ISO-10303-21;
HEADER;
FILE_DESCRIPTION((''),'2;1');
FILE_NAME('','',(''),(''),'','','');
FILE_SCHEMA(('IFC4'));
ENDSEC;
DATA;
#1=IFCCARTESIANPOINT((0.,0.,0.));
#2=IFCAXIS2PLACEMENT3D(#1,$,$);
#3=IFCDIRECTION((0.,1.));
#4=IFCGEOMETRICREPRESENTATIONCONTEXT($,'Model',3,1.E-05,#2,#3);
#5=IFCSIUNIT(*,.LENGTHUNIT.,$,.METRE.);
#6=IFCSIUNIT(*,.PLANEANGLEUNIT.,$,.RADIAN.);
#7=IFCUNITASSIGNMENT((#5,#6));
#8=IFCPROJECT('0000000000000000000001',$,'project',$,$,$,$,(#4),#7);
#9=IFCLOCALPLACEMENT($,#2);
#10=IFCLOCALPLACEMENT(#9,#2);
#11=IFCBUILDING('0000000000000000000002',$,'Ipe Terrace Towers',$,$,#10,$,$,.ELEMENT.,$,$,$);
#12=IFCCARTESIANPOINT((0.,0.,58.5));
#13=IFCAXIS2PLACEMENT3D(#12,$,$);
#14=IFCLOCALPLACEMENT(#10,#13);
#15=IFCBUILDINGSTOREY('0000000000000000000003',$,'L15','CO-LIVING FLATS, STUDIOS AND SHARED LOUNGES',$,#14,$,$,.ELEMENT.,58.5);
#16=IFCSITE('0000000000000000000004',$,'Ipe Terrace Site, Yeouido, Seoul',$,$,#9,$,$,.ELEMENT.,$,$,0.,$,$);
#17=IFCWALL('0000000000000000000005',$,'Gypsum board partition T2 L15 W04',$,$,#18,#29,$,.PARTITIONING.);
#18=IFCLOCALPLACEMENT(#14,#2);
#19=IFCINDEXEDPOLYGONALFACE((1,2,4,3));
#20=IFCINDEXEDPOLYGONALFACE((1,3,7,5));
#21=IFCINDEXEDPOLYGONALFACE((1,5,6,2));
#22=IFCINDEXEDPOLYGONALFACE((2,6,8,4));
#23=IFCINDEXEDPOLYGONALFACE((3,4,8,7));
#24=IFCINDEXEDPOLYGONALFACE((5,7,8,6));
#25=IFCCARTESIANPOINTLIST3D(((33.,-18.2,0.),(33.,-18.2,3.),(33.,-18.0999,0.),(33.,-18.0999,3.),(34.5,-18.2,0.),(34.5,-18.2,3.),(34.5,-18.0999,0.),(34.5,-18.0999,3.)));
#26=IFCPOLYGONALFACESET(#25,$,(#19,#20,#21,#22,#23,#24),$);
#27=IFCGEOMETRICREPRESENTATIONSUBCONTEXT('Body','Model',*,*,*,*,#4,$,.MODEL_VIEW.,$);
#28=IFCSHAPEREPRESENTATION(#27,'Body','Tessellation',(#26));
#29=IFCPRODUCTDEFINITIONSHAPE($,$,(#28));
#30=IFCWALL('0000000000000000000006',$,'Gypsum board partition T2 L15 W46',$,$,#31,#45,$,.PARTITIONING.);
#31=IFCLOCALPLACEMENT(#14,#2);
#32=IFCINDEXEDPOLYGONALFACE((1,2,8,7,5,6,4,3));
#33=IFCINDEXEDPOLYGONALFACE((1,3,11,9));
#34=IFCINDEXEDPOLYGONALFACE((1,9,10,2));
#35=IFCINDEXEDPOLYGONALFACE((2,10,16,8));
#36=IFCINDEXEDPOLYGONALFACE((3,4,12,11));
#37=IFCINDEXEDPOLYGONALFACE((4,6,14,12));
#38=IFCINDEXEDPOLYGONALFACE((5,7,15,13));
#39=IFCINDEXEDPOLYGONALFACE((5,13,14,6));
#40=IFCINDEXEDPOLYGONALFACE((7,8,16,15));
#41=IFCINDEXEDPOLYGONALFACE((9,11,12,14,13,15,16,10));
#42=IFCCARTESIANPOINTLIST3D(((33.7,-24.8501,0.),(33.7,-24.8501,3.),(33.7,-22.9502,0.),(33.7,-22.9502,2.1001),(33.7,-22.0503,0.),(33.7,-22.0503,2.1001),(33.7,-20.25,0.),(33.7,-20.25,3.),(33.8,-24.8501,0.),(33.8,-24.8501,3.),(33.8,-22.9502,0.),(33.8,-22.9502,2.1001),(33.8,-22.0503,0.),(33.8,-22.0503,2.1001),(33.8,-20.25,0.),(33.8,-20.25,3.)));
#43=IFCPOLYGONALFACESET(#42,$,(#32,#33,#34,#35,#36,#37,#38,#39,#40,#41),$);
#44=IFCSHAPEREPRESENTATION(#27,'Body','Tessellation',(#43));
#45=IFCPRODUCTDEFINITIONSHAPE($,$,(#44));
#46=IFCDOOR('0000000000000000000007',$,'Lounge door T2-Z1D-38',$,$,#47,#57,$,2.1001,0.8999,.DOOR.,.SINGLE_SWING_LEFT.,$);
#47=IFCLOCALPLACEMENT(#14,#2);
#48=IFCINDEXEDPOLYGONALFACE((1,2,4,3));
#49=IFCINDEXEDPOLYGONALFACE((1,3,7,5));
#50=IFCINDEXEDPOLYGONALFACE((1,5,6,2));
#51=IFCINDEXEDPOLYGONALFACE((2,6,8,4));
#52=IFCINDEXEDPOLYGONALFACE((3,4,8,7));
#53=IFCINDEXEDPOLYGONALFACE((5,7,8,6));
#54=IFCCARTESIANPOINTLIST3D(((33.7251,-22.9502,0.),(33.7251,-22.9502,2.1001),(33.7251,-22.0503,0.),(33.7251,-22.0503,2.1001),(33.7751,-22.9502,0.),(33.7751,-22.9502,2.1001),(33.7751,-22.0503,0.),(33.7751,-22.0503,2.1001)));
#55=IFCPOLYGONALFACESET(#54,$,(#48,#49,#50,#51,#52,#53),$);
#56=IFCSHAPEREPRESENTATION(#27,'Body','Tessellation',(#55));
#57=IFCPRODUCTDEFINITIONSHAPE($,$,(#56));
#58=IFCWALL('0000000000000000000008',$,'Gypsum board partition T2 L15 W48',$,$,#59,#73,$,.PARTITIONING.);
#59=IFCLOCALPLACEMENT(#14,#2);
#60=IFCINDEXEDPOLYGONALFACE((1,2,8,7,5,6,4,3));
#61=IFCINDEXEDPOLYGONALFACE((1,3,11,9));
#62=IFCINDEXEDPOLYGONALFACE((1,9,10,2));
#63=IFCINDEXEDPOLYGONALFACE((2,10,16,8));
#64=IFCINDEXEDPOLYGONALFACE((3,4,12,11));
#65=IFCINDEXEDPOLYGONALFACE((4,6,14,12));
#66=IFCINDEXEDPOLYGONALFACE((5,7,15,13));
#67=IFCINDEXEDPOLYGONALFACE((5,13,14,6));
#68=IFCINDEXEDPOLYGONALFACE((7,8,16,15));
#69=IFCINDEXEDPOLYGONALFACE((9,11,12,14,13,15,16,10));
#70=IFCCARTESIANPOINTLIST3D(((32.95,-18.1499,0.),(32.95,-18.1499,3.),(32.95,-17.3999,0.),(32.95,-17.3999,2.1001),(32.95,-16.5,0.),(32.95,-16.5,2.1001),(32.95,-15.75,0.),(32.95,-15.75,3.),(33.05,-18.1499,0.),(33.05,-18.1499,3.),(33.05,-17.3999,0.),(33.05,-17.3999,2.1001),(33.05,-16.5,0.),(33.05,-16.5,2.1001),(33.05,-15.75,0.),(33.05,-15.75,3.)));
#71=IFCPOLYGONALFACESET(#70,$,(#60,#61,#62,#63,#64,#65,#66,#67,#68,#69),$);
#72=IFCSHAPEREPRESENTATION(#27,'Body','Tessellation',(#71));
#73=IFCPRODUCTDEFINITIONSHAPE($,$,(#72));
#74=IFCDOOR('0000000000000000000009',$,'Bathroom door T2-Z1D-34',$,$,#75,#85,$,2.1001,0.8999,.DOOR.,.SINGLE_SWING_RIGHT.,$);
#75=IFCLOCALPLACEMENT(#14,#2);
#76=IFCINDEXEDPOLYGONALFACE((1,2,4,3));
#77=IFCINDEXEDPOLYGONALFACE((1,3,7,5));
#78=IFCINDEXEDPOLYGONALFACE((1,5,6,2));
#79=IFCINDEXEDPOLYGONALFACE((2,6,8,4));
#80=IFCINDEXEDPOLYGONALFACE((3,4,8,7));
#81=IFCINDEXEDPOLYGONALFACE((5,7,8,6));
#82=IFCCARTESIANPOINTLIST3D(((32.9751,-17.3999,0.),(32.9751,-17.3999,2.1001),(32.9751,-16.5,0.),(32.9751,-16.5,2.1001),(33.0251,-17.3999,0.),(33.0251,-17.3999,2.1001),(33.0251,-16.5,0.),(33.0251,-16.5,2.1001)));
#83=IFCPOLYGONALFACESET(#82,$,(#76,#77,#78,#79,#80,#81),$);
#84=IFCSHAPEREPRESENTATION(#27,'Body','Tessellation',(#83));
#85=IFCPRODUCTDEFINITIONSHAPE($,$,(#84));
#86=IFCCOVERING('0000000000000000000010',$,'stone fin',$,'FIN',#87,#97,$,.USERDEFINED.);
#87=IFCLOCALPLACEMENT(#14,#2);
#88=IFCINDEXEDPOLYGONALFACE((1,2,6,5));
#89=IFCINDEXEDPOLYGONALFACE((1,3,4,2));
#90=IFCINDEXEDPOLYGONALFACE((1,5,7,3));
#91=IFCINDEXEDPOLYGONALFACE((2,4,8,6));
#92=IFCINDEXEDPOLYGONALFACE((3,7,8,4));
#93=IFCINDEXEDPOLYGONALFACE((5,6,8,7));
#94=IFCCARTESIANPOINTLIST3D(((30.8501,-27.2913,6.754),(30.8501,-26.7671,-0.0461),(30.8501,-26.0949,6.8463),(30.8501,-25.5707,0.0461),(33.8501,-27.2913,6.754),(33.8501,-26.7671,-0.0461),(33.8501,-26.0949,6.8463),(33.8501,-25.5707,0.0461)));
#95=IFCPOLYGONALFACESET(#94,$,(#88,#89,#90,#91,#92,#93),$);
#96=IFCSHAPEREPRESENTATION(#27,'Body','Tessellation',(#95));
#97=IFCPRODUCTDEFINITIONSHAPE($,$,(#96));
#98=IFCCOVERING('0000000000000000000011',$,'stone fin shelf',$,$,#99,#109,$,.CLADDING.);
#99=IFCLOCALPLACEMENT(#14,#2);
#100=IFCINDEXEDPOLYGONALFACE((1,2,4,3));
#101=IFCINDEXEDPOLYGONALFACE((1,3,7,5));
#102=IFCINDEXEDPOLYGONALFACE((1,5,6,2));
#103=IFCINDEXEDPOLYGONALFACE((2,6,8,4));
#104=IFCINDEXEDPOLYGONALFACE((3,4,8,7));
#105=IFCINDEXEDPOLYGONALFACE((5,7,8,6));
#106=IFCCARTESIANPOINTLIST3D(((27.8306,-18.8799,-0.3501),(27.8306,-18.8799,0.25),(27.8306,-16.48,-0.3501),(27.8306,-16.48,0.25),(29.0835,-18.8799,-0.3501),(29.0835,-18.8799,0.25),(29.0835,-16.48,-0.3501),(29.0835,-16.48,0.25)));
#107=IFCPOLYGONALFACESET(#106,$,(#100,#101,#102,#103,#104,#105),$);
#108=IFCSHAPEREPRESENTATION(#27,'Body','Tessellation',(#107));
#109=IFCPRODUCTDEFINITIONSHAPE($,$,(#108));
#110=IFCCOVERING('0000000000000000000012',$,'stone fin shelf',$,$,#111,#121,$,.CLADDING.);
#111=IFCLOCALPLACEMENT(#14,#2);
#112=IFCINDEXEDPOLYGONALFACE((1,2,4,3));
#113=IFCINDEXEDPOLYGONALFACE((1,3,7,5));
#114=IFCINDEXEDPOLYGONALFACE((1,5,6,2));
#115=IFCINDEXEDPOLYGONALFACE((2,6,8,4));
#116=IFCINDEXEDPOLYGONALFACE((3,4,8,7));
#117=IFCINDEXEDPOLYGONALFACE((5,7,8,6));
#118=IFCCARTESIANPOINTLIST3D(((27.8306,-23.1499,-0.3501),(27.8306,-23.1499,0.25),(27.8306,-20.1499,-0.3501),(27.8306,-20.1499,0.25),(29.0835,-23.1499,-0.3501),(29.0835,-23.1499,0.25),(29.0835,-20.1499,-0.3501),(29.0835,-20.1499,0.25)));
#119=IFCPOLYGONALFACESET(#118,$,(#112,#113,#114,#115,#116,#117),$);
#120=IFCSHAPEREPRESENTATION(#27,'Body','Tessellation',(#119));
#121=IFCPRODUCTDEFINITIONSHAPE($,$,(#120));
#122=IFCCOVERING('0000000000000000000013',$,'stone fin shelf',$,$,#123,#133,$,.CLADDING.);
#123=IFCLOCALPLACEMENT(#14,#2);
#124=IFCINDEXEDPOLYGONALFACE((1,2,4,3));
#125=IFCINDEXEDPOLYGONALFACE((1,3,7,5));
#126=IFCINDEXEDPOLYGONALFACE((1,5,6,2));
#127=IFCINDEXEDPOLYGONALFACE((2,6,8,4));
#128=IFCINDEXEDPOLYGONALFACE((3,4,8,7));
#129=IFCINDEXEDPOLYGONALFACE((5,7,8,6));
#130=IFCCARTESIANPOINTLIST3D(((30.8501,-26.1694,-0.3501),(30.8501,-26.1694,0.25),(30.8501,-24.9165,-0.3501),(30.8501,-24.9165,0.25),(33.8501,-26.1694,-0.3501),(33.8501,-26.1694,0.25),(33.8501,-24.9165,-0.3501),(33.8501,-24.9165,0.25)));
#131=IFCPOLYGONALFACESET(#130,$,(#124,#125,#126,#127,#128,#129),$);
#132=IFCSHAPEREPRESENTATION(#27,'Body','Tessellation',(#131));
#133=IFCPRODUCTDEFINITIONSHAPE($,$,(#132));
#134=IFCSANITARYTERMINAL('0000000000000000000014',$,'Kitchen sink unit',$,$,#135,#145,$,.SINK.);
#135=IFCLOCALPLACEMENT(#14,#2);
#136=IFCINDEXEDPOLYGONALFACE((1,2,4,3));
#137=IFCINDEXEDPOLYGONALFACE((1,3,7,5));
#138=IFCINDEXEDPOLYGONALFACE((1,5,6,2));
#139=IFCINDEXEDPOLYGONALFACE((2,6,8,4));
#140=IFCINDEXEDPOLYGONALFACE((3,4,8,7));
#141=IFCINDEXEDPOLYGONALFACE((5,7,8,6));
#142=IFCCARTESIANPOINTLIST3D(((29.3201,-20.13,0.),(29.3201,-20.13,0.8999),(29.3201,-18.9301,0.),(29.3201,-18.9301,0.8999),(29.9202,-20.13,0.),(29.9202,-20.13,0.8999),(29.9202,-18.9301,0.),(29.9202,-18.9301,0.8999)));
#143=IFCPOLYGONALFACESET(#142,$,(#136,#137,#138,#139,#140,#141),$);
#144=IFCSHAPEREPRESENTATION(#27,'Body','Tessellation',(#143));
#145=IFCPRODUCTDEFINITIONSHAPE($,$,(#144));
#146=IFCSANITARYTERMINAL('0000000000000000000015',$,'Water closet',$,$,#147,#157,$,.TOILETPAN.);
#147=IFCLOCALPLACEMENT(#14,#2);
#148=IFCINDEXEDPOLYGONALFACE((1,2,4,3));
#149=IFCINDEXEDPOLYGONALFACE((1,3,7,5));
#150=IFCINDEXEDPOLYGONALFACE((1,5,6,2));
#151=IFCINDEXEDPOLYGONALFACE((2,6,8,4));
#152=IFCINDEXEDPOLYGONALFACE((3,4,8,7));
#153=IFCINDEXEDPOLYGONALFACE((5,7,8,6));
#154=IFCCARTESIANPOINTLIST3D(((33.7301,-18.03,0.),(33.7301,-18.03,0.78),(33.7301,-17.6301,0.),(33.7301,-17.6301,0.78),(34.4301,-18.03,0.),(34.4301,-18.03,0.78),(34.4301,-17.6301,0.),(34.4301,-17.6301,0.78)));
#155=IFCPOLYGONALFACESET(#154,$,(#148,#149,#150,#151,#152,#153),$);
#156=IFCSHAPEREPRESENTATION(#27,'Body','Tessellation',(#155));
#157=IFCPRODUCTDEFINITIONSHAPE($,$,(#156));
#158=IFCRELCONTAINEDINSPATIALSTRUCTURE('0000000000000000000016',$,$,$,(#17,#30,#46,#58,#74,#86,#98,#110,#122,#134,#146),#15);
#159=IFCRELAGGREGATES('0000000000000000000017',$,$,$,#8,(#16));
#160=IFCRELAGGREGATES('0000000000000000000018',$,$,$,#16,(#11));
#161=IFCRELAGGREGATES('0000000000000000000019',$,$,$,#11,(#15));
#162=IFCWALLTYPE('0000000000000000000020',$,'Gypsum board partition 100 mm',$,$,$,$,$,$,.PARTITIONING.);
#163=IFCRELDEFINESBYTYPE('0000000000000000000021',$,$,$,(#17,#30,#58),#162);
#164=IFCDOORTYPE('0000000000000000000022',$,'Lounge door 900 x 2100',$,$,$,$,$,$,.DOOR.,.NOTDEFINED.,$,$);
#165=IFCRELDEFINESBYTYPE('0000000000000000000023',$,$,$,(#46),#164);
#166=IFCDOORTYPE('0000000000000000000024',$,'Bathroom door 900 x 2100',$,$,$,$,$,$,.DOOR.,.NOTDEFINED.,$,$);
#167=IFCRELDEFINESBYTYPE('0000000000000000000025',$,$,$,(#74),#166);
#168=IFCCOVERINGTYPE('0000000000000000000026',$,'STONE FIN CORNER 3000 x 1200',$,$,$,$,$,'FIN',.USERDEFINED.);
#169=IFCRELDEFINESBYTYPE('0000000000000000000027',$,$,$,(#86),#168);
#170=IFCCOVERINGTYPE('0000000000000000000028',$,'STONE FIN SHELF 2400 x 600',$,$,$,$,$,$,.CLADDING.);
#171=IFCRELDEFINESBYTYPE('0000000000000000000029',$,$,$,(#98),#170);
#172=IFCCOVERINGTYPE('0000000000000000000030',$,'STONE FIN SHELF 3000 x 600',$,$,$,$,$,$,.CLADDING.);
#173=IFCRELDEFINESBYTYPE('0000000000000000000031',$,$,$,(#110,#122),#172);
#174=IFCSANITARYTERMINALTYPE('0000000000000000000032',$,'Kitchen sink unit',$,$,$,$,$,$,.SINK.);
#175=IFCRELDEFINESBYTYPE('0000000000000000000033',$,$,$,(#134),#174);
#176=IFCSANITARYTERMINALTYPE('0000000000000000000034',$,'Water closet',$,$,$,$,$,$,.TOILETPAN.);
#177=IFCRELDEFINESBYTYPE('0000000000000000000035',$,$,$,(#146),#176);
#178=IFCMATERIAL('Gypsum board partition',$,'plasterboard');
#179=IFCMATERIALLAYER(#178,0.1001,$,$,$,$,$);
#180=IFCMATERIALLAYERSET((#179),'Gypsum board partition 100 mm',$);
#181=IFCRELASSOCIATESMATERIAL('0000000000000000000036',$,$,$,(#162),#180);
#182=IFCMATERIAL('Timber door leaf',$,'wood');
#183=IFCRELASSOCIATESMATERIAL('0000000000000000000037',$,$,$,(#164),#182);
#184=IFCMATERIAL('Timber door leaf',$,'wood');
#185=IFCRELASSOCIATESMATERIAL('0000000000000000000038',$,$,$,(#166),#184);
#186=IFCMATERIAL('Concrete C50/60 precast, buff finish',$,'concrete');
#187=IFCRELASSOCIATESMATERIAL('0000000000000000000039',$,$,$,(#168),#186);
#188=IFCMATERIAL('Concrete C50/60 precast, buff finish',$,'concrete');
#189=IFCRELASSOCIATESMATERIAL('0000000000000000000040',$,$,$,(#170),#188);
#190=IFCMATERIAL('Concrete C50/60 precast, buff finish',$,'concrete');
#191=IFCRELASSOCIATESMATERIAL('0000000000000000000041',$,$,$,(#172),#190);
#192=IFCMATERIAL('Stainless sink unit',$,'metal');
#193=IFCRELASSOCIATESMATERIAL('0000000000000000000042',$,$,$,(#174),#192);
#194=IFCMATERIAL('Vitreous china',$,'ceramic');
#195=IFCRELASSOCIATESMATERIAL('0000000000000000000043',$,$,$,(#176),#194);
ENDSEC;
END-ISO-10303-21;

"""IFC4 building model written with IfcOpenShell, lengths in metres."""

from ifc_helpers import new_model, si_unit, direction, frame, frame_2d, origin, origin_2d, place, context, subcontext, project, spatial, rectangle, extrude, material, layer, layer_set, material_profile, profile_set, type_object, element, fill, save


model = new_model("IFC4")

# Units and contexts
model_context = context("Model", 3, precision=1e-05, world=origin(), true_north=direction((0.0, 1.0)))
body_context = subcontext(model_context, "Body", "Model", "MODEL_VIEW")
ifc_project = project(units=[si_unit("LENGTHUNIT", "METRE"), si_unit("PLANEANGLEUNIT", "RADIAN")], contexts=[model_context])

# Site, building, storey
site_placement = place(None, origin())
site = spatial("IfcSite", under=ifc_project, at=site_placement, Name="Ipe Terrace Site, Yeouido, Seoul", CompositionType="ELEMENT", RefElevation=0.0)
building_placement = place(site_placement, origin())
building = spatial("IfcBuilding", under=site, at=building_placement, Name="Ipe Terrace Towers", CompositionType="ELEMENT")
storey_placement = place(building_placement, frame((0.0, 0.0, 58.5)))
storey = spatial("IfcBuildingStorey", under=building, at=storey_placement, Name="L15", Description="CO-LIVING FLATS, STUDIOS AND SHARED LOUNGES", CompositionType="ELEMENT", Elevation=58.5)

# Wall
ifc_material_1 = material(Name="Gypsum board partition", Category="plasterboard")
ifc_layer_1 = layer(ifc_material_1, 0.1001)
ifc_layer_set_1 = layer_set([ifc_layer_1], Name="Gypsum board partition 100 mm")
wall_type_1 = type_object("IfcWallType", Name="Gypsum board partition 100 mm", PredefinedType="PARTITIONING", material=ifc_layer_set_1)
wall_1_placement = place(storey_placement, frame((34.5, -18.1499, 0.0), z_axis=(0.0, 0.0, 1.0), x_axis=(-1.0, 0.0, 0.0)))
element("IfcWall", 1, at=wall_1_placement, inside=storey, type_object=wall_type_1, Name="Gypsum board partition T2 L15 W04", PredefinedType="PARTITIONING", context=body_context, shape_type="SweptSolid", body=[
    extrude(rectangle(XDim=1.5, YDim=0.1001, at=frame_2d((0.75, 0.0))), origin(), (0.0, 0.0, 1.0), 3.0),
])

# Walls, openings, doors
wall_2_placement = place(storey_placement, frame((33.75, -24.8501, 0.0), z_axis=(0.0, 0.0, 1.0), x_axis=(0.0, 1.0, 0.0)))
wall_2 = element("IfcWall", 2, at=wall_2_placement, inside=storey, type_object=wall_type_1, Name="Gypsum board partition T2 L15 W46", PredefinedType="PARTITIONING", context=body_context, shape_type="SweptSolid", body=[
    extrude(rectangle(XDim=4.6001, YDim=0.1001, at=frame_2d((2.3, 0.0))), origin(), (0.0, 0.0, 1.0), 3.0),
])
opening_1_placement = place(wall_2_placement, frame((1.8999, 0.0, 0.0)))
opening_1 = element("IfcOpeningElement", 3, at=opening_1_placement, cuts=wall_2, PredefinedType="OPENING", context=body_context, shape_type="SweptSolid", body=[
    extrude(rectangle(XDim=0.8999, YDim=2.1001, at=frame_2d((0.45, 1.05))), frame((0.0, 0.0601, 0.0), z_axis=(0.0, -1.0, 0.0), x_axis=(1.0, 0.0, 0.0)), (0.0, 0.0, 1.0), 0.1201),
])
ifc_material_2 = material(Name="Timber door leaf", Category="wood")
door_type_1 = type_object("IfcDoorType", Name="Lounge door 900 x 2100", OperationType="NOTDEFINED", PredefinedType="DOOR", material=ifc_material_2)
door_1_placement = place(opening_1_placement, origin())
door_1 = element("IfcDoor", 4, at=door_1_placement, inside=storey, type_object=door_type_1, Name="Lounge door T2-Z1D-38", OperationType="SINGLE_SWING_LEFT", OverallHeight=2.1001, OverallWidth=0.8999, PredefinedType="DOOR", context=body_context, shape_type="SweptSolid", body=[
    extrude(rectangle(XDim=0.8999, YDim=2.1001, at=frame_2d((0.45, 1.05))), frame((0.0, 0.0249, 0.0), z_axis=(0.0, -1.0, 0.0), x_axis=(1.0, 0.0, 0.0)), (0.0, 0.0, 1.0), 0.05),
])
fill(opening_1, door_1)
wall_3_placement = place(storey_placement, frame((33.0, -18.1499, 0.0), z_axis=(0.0, 0.0, 1.0), x_axis=(0.0, 1.0, 0.0)))
wall_3 = element("IfcWall", 5, at=wall_3_placement, inside=storey, type_object=wall_type_1, Name="Gypsum board partition T2 L15 W48", PredefinedType="PARTITIONING", context=body_context, shape_type="SweptSolid", body=[
    extrude(rectangle(XDim=2.3999, YDim=0.1001, at=frame_2d((1.2, 0.0))), origin(), (0.0, 0.0, 1.0), 3.0),
])
opening_2_placement = place(wall_3_placement, frame((0.75, 0.0, 0.0)))
opening_2 = element("IfcOpeningElement", 6, at=opening_2_placement, cuts=wall_3, PredefinedType="OPENING", context=body_context, shape_type="SweptSolid", body=[
    extrude(rectangle(XDim=0.8999, YDim=2.1001, at=frame_2d((0.45, 1.05))), frame((0.0, 0.0601, 0.0), z_axis=(0.0, -1.0, 0.0), x_axis=(1.0, 0.0, 0.0)), (0.0, 0.0, 1.0), 0.1201),
])
ifc_material_3 = material(Name="Timber door leaf", Category="wood")
door_type_2 = type_object("IfcDoorType", Name="Bathroom door 900 x 2100", OperationType="NOTDEFINED", PredefinedType="DOOR", material=ifc_material_3)
door_2_placement = place(opening_2_placement, origin())
door_2 = element("IfcDoor", 7, at=door_2_placement, inside=storey, type_object=door_type_2, Name="Bathroom door T2-Z1D-34", OperationType="SINGLE_SWING_RIGHT", OverallHeight=2.1001, OverallWidth=0.8999, PredefinedType="DOOR", context=body_context, shape_type="SweptSolid", body=[
    extrude(rectangle(XDim=0.8999, YDim=2.1001, at=frame_2d((0.45, 1.05))), frame((0.0, 0.0249, 0.0), z_axis=(0.0, -1.0, 0.0), x_axis=(1.0, 0.0, 0.0)), (0.0, 0.0, 1.0), 0.05),
])
fill(opening_2, door_2)

# Coverings
ifc_material_4 = material(Name="Concrete C50/60 precast, buff finish", Category="concrete")
ifc_material_profile_1 = material_profile(ifc_material_4, rectangle(XDim=3.0, YDim=1.2, at=origin_2d()), Name="STONE FIN CORNER 3000 x 1200")
ifc_profile_set_1 = profile_set([ifc_material_profile_1], Name="Concrete C50/60 precast, buff finish")
covering_type_1 = type_object("IfcCoveringType", Name="STONE FIN CORNER 3000 x 1200", ElementType="FIN", PredefinedType="USERDEFINED", material=ifc_profile_set_1)
covering_1_placement = place(storey_placement, frame((32.3501, -26.1689, 0.0), z_axis=(0.0, -0.076855, 0.997042), x_axis=(1.0, 0.0, 0.0)))
element("IfcCovering", 8, at=covering_1_placement, inside=storey, type_object=covering_type_1, Name="stone fin", ObjectType="FIN", PredefinedType="USERDEFINED", context=body_context, shape_type="SweptSolid", body=[
    extrude(rectangle(XDim=3.0, YDim=1.2, at=origin_2d()), origin(), (0.0, 0.0, 1.0), 6.8203),
])
ifc_material_5 = material(Name="Concrete C50/60 precast, buff finish", Category="concrete")
covering_type_2 = type_object("IfcCoveringType", Name="STONE FIN SHELF 2400 x 600", PredefinedType="CLADDING", material=ifc_material_5)
covering_2_placement = place(storey_placement, frame((28.457, -17.6799, -0.3501), z_axis=(0.0, 0.0, 1.0), x_axis=(0.0, -1.0, 0.0)))
element("IfcCovering", 9, at=covering_2_placement, inside=storey, type_object=covering_type_2, Name="stone fin shelf", PredefinedType="CLADDING", context=body_context, shape_type="SweptSolid", body=[
    extrude(rectangle(XDim=2.3999, YDim=1.2529, at=origin_2d()), origin(), (0.0, 0.0, 1.0), 0.6001),
])
ifc_material_6 = material(Name="Concrete C50/60 precast, buff finish", Category="concrete")
covering_type_3 = type_object("IfcCoveringType", Name="STONE FIN SHELF 3000 x 600", PredefinedType="CLADDING", material=ifc_material_6)
for number, where, z_axis, x_axis, name in (
    (10, (28.457, -21.6499, -0.3501), (0.0, 0.0, 1.0), (0.0, -1.0, 0.0), "stone fin shelf"),
    (11, (32.3501, -25.543, -0.3501), (0.0, 0.0, 1.0), (1.0, 0.0, 0.0), "stone fin shelf"),
):
    element("IfcCovering", number, at=place(storey_placement, frame(where, z_axis=z_axis, x_axis=x_axis)), inside=storey, type_object=covering_type_3, Name=name, PredefinedType="CLADDING", context=body_context, shape_type="SweptSolid", body=[
        extrude(rectangle(XDim=3.0, YDim=1.2529, at=origin_2d()), origin(), (0.0, 0.0, 1.0), 0.6001),
    ])

# Sanitary terminals
ifc_material_7 = material(Name="Stainless sink unit", Category="metal")
sanitary_terminal_type_1 = type_object("IfcSanitaryTerminalType", Name="Kitchen sink unit", PredefinedType="SINK", material=ifc_material_7)
sanitary_terminal_1_placement = place(storey_placement, frame((29.6201, -19.53, 0.0), z_axis=(0.0, 0.0, 1.0), x_axis=(0.0, 1.0, 0.0)))
element("IfcSanitaryTerminal", 12, at=sanitary_terminal_1_placement, inside=storey, type_object=sanitary_terminal_type_1, Name="Kitchen sink unit", PredefinedType="SINK", context=body_context, shape_type="SweptSolid", body=[
    extrude(rectangle(XDim=1.2, YDim=0.6001, at=origin_2d()), origin(), (0.0, 0.0, 1.0), 0.8999),
])
ifc_material_8 = material(Name="Vitreous china", Category="ceramic")
sanitary_terminal_type_2 = type_object("IfcSanitaryTerminalType", Name="Water closet", PredefinedType="TOILETPAN", material=ifc_material_8)
sanitary_terminal_2_placement = place(storey_placement, frame((34.0801, -17.8301, 0.0), z_axis=(0.0, 0.0, 1.0), x_axis=(-1.0, 0.0, 0.0)))
element("IfcSanitaryTerminal", 13, at=sanitary_terminal_2_placement, inside=storey, type_object=sanitary_terminal_type_2, Name="Water closet", PredefinedType="TOILETPAN", context=body_context, shape_type="SweptSolid", body=[
    extrude(rectangle(XDim=0.7, YDim=0.3999, at=origin_2d()), origin(), (0.0, 0.0, 1.0), 0.78),
])

save(model, "model.ifc")
